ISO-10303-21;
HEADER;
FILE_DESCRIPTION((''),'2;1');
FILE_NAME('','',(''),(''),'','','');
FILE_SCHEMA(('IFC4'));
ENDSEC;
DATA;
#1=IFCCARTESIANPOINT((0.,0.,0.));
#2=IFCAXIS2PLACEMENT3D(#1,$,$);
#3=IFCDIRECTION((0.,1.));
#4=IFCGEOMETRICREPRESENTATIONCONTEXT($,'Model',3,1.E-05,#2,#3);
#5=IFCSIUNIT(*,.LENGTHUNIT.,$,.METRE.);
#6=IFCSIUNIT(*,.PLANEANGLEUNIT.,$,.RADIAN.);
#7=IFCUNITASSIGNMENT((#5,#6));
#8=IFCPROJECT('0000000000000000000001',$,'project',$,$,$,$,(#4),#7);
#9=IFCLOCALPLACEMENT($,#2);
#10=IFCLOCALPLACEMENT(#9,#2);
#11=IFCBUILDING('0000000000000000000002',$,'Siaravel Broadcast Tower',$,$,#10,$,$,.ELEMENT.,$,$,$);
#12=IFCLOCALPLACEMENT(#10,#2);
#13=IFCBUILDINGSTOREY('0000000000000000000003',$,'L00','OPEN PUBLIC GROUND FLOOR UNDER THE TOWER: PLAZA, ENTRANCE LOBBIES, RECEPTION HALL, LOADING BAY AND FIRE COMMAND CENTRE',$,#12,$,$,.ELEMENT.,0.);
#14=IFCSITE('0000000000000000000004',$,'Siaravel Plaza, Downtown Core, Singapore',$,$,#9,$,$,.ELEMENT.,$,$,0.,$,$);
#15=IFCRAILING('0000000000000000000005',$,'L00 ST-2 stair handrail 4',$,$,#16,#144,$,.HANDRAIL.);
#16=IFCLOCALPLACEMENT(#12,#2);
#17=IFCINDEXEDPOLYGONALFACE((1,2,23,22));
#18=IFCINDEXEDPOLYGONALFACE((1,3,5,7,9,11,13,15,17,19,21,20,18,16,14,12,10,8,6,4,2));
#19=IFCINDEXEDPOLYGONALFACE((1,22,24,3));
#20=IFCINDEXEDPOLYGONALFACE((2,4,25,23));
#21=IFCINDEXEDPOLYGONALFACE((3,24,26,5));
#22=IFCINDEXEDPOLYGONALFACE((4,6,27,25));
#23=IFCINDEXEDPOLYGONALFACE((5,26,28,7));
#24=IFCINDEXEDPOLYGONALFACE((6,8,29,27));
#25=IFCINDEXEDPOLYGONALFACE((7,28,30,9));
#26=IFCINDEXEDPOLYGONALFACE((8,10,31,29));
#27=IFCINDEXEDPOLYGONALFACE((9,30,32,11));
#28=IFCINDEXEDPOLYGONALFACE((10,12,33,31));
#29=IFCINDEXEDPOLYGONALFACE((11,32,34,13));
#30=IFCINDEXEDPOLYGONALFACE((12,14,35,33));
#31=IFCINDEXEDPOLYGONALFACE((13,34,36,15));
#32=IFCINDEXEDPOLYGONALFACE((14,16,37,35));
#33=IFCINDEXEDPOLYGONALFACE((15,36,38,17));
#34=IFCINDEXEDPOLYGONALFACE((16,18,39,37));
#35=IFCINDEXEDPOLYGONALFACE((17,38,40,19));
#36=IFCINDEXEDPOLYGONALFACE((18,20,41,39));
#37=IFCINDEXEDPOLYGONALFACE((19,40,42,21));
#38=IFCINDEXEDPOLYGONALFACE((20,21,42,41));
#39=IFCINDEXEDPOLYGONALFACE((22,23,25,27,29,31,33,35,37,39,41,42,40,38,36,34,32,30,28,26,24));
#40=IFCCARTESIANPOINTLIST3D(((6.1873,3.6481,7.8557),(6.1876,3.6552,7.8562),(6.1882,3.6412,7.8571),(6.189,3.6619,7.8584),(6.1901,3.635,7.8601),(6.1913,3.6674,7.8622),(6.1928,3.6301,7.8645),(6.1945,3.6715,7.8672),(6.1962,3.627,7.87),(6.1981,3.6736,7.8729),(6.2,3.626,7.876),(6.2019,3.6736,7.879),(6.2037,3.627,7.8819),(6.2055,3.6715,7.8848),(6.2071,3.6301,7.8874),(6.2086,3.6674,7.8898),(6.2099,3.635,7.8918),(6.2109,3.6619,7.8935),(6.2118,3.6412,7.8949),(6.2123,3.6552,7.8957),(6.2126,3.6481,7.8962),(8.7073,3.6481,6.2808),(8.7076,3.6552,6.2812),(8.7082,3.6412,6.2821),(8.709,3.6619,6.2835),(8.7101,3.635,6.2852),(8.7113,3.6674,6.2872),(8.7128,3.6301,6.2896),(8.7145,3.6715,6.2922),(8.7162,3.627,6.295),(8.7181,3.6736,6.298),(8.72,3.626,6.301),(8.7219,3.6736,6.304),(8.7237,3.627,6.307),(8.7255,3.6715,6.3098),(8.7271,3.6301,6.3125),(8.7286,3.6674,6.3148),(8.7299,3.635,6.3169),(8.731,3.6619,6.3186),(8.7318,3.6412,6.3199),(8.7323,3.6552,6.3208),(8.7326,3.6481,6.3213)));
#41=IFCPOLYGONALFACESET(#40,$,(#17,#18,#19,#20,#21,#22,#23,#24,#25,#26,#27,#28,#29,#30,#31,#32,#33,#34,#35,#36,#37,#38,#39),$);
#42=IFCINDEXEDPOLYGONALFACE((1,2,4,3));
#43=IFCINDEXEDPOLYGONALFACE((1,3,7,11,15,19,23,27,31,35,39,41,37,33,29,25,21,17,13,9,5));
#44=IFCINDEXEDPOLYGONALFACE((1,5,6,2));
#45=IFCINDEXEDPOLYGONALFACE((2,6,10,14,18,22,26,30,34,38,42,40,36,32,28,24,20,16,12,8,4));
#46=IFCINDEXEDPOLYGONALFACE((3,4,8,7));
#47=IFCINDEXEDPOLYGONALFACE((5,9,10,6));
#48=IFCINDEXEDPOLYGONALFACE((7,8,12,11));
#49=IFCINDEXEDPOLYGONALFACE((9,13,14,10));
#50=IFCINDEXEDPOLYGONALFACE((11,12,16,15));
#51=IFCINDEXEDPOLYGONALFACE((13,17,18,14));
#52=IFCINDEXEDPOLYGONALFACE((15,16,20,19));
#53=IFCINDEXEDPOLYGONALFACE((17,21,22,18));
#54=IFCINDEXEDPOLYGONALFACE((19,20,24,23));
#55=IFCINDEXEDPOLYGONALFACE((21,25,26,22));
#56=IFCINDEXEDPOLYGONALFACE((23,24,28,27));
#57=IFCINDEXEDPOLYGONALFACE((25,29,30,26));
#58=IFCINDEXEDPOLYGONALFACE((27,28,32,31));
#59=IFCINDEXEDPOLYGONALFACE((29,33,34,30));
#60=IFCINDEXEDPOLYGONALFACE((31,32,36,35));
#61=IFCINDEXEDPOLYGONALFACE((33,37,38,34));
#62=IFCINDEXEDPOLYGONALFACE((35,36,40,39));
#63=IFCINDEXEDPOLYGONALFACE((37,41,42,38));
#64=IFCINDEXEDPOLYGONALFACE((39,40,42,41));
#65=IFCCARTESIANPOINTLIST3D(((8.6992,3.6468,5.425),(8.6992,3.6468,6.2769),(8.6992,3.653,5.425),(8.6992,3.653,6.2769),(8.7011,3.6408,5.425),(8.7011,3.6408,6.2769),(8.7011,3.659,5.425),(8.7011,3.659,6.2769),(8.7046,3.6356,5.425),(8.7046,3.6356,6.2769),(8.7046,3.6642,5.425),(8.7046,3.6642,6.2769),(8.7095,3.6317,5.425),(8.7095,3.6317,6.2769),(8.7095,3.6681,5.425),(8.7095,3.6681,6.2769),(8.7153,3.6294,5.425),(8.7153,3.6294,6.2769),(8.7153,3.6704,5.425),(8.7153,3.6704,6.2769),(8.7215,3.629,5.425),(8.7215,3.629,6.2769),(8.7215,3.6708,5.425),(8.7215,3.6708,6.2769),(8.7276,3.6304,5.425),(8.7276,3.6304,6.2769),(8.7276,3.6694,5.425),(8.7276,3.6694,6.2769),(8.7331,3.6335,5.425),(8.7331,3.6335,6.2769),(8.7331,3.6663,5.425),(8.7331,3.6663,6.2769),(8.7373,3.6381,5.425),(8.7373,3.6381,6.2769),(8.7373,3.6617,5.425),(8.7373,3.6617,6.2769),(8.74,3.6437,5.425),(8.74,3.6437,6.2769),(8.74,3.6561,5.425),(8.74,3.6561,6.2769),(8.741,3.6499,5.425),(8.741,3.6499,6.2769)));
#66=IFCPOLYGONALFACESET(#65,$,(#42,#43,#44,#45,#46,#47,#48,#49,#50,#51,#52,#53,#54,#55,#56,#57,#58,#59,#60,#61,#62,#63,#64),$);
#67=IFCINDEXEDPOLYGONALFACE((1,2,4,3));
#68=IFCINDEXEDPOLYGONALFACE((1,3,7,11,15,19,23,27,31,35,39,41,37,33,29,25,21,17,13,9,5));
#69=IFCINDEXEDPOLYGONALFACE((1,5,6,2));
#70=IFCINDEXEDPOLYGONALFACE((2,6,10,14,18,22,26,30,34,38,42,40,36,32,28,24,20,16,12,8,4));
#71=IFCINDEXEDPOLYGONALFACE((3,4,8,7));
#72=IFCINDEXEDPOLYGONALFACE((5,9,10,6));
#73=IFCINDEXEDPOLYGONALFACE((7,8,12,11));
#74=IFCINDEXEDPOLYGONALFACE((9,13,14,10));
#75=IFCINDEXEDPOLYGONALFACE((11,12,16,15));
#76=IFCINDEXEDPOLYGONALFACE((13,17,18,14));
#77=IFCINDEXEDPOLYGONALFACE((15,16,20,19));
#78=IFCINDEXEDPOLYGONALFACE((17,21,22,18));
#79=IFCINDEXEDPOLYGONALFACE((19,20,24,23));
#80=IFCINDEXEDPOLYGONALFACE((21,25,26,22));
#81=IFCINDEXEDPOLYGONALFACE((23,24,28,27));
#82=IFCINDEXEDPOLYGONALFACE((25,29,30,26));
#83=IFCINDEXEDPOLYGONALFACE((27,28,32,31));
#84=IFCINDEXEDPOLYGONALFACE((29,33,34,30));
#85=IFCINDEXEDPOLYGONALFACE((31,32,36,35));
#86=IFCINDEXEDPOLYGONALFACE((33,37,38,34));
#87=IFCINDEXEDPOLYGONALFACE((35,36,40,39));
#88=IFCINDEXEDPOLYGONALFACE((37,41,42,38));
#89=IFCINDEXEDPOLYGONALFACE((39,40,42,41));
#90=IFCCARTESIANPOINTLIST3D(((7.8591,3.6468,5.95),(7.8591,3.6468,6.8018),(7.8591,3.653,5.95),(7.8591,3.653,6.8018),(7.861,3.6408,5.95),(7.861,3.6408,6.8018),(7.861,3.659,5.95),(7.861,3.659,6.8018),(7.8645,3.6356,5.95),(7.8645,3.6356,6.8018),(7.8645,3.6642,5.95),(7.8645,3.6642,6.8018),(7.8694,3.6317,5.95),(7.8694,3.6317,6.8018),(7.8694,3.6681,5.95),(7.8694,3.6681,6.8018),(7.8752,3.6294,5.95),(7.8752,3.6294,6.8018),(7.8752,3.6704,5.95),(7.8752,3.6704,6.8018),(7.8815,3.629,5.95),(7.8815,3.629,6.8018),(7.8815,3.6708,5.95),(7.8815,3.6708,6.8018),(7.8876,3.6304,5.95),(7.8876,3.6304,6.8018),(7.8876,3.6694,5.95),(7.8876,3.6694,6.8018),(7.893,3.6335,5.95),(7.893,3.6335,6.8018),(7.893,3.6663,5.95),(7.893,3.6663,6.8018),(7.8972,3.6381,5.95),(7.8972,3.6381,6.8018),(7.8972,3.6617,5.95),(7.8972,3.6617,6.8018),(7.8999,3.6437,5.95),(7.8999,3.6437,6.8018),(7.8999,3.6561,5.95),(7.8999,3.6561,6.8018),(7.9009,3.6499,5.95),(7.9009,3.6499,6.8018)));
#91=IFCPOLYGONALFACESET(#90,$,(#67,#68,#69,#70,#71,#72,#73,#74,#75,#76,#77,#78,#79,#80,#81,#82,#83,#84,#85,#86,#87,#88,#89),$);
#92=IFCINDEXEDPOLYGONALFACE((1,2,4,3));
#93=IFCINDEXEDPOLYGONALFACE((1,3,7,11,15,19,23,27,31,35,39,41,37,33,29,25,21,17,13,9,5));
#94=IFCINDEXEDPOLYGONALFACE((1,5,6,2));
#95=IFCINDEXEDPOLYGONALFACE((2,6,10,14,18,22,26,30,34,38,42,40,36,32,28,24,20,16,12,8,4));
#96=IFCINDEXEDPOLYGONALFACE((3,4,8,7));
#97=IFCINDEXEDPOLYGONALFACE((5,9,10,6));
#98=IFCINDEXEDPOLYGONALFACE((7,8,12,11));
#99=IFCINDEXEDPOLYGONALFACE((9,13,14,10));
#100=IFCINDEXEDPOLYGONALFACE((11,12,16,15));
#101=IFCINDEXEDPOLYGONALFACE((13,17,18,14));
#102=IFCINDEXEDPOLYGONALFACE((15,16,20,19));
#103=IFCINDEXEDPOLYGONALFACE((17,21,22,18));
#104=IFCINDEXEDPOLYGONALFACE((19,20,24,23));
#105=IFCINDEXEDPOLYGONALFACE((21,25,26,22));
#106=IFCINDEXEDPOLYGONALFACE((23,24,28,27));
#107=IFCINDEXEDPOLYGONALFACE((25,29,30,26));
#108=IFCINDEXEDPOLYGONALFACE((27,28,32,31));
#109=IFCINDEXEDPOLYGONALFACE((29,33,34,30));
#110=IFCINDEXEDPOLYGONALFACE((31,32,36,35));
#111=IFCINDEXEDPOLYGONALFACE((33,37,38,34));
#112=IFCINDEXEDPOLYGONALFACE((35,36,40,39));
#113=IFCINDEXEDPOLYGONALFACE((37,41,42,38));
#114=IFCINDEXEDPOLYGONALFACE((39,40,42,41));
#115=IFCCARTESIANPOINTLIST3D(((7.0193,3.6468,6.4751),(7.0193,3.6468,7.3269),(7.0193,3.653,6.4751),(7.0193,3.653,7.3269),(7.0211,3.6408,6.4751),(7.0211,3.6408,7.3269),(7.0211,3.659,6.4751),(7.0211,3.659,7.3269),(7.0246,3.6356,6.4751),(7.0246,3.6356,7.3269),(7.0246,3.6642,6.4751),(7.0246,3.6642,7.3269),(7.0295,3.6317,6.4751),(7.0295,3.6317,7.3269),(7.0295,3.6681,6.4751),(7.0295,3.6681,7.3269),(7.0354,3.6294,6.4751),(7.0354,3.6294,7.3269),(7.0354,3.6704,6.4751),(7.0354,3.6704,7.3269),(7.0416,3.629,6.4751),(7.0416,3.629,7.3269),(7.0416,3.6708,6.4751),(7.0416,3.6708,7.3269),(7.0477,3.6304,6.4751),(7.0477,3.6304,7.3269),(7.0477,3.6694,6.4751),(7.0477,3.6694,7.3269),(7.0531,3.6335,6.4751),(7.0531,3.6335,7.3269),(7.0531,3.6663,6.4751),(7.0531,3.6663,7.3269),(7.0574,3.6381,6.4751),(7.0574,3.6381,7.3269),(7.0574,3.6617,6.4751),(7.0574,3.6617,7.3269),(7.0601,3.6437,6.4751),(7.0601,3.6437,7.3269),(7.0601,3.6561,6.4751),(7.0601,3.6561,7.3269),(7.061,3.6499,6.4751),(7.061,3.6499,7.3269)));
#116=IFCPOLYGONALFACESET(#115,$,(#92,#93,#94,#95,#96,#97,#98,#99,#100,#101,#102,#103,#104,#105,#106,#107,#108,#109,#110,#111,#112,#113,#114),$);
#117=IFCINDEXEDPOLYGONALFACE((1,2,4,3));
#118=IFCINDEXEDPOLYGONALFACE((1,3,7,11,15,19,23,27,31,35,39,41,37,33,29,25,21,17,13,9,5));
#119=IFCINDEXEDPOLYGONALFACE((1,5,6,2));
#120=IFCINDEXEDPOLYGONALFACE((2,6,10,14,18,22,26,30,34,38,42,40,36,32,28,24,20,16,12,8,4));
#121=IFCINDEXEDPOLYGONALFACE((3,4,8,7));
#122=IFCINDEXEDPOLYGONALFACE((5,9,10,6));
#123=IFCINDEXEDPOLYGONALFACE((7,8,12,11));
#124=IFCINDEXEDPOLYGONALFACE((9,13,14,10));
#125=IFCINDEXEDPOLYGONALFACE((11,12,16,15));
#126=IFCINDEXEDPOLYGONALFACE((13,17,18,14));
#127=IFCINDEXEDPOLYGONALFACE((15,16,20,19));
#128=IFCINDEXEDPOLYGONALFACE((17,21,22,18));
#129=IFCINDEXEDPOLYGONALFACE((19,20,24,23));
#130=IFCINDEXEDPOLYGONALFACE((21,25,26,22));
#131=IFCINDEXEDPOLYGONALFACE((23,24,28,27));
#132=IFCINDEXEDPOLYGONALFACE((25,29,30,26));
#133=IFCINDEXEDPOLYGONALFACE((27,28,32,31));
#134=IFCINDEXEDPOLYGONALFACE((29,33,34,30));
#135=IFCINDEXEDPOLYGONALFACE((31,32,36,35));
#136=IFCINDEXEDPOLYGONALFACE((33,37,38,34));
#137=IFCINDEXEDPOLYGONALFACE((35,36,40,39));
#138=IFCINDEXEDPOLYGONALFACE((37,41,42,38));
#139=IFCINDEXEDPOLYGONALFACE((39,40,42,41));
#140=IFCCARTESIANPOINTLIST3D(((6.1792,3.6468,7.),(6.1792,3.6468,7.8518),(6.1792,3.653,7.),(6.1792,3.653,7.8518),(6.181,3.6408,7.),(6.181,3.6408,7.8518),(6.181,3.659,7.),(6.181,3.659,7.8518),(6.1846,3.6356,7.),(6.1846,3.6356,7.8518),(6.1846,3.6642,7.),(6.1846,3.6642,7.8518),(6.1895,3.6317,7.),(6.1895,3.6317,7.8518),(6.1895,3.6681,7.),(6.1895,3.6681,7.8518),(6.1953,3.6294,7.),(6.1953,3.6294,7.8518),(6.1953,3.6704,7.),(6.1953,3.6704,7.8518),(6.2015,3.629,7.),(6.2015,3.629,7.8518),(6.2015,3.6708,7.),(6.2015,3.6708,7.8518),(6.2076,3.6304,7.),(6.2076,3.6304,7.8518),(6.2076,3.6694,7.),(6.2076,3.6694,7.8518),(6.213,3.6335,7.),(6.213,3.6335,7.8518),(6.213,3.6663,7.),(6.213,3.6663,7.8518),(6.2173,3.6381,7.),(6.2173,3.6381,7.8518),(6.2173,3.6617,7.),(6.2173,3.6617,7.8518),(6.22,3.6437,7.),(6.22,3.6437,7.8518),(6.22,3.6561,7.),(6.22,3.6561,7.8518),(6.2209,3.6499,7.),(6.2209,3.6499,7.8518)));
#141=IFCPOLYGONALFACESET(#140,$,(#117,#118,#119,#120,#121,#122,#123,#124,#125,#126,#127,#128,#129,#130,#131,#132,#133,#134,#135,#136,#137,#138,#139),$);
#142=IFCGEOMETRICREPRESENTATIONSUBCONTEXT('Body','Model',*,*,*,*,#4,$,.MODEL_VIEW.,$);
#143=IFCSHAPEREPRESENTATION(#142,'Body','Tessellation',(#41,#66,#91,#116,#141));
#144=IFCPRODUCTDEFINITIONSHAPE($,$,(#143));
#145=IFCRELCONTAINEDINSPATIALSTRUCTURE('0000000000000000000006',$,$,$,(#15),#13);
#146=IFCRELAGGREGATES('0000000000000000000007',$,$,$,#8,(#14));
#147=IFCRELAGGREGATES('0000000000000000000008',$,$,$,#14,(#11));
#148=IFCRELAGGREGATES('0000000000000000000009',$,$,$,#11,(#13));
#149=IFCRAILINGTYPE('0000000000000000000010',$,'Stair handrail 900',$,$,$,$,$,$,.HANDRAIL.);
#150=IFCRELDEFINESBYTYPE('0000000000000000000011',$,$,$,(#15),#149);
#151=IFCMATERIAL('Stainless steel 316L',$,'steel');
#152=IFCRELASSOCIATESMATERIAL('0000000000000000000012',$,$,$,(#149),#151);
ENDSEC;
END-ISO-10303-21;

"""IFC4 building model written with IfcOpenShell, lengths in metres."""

from ifc_helpers import new_model, si_unit, direction, frame, origin, origin_2d, place, context, subcontext, project, spatial, circle, extrude, material, type_object, element, save


model = new_model("IFC4")

# Units and contexts
model_context = context("Model", 3, precision=1e-05, world=origin(), true_north=direction((0.0, 1.0)))
body_context = subcontext(model_context, "Body", "Model", "MODEL_VIEW")
ifc_project = project(units=[si_unit("LENGTHUNIT", "METRE"), si_unit("PLANEANGLEUNIT", "RADIAN")], contexts=[model_context])

# Site, building, storey
site_placement = place(None, origin())
site = spatial("IfcSite", under=ifc_project, at=site_placement, Name="Siaravel Plaza, Downtown Core, Singapore", CompositionType="ELEMENT", RefElevation=0.0)
building_placement = place(site_placement, origin())
building = spatial("IfcBuilding", under=site, at=building_placement, Name="Siaravel Broadcast Tower", CompositionType="ELEMENT")
storey_placement = place(building_placement, origin())
storey = spatial("IfcBuildingStorey", under=building, at=storey_placement, Name="L00", Description="OPEN PUBLIC GROUND FLOOR UNDER THE TOWER: PLAZA, ENTRANCE LOBBIES, RECEPTION HALL, LOADING BAY AND FIRE COMMAND CENTRE", CompositionType="ELEMENT", Elevation=0.0)

# Railing
ifc_material_1 = material(Name="Stainless steel 316L", Category="steel")
railing_type_1 = type_object("IfcRailingType", Name="Stair handrail 900", PredefinedType="HANDRAIL", material=ifc_material_1)
for number, where, name in (
    (1, (8.72, 3.6499, 5.425), "L00 ST-2 stair handrail 4"),
):
    element("IfcRailing", number, at=place(storey_placement, frame(where)), inside=storey, type_object=railing_type_1, Name=name, PredefinedType="HANDRAIL", context=body_context, shape_type="SweptSolid", body=[
        extrude(circle(Radius=0.0239, at=origin_2d()), frame((0.0, 0.0, 0.876), z_axis=(-0.848008, 0.0, 0.529984), x_axis=(0.0, -1.0, 0.0)), (0.0, 0.0, 1.0), 2.9717),
        extrude(circle(Radius=0.021, at=origin_2d()), origin(), (0.0, 0.0, 1.0), 0.8518),
        extrude(circle(Radius=0.021, at=origin_2d()), frame((-0.8401, 0.0, 0.5249)), (0.0, 0.0, 1.0), 0.8518),
        extrude(circle(Radius=0.021, at=origin_2d()), frame((-1.6799, 0.0, 1.05)), (0.0, 0.0, 1.0), 0.8518),
        extrude(circle(Radius=0.021, at=origin_2d()), frame((-2.52, 0.0, 1.575)), (0.0, 0.0, 1.0), 0.8518),
    ])

save(model, "model.ifc")
